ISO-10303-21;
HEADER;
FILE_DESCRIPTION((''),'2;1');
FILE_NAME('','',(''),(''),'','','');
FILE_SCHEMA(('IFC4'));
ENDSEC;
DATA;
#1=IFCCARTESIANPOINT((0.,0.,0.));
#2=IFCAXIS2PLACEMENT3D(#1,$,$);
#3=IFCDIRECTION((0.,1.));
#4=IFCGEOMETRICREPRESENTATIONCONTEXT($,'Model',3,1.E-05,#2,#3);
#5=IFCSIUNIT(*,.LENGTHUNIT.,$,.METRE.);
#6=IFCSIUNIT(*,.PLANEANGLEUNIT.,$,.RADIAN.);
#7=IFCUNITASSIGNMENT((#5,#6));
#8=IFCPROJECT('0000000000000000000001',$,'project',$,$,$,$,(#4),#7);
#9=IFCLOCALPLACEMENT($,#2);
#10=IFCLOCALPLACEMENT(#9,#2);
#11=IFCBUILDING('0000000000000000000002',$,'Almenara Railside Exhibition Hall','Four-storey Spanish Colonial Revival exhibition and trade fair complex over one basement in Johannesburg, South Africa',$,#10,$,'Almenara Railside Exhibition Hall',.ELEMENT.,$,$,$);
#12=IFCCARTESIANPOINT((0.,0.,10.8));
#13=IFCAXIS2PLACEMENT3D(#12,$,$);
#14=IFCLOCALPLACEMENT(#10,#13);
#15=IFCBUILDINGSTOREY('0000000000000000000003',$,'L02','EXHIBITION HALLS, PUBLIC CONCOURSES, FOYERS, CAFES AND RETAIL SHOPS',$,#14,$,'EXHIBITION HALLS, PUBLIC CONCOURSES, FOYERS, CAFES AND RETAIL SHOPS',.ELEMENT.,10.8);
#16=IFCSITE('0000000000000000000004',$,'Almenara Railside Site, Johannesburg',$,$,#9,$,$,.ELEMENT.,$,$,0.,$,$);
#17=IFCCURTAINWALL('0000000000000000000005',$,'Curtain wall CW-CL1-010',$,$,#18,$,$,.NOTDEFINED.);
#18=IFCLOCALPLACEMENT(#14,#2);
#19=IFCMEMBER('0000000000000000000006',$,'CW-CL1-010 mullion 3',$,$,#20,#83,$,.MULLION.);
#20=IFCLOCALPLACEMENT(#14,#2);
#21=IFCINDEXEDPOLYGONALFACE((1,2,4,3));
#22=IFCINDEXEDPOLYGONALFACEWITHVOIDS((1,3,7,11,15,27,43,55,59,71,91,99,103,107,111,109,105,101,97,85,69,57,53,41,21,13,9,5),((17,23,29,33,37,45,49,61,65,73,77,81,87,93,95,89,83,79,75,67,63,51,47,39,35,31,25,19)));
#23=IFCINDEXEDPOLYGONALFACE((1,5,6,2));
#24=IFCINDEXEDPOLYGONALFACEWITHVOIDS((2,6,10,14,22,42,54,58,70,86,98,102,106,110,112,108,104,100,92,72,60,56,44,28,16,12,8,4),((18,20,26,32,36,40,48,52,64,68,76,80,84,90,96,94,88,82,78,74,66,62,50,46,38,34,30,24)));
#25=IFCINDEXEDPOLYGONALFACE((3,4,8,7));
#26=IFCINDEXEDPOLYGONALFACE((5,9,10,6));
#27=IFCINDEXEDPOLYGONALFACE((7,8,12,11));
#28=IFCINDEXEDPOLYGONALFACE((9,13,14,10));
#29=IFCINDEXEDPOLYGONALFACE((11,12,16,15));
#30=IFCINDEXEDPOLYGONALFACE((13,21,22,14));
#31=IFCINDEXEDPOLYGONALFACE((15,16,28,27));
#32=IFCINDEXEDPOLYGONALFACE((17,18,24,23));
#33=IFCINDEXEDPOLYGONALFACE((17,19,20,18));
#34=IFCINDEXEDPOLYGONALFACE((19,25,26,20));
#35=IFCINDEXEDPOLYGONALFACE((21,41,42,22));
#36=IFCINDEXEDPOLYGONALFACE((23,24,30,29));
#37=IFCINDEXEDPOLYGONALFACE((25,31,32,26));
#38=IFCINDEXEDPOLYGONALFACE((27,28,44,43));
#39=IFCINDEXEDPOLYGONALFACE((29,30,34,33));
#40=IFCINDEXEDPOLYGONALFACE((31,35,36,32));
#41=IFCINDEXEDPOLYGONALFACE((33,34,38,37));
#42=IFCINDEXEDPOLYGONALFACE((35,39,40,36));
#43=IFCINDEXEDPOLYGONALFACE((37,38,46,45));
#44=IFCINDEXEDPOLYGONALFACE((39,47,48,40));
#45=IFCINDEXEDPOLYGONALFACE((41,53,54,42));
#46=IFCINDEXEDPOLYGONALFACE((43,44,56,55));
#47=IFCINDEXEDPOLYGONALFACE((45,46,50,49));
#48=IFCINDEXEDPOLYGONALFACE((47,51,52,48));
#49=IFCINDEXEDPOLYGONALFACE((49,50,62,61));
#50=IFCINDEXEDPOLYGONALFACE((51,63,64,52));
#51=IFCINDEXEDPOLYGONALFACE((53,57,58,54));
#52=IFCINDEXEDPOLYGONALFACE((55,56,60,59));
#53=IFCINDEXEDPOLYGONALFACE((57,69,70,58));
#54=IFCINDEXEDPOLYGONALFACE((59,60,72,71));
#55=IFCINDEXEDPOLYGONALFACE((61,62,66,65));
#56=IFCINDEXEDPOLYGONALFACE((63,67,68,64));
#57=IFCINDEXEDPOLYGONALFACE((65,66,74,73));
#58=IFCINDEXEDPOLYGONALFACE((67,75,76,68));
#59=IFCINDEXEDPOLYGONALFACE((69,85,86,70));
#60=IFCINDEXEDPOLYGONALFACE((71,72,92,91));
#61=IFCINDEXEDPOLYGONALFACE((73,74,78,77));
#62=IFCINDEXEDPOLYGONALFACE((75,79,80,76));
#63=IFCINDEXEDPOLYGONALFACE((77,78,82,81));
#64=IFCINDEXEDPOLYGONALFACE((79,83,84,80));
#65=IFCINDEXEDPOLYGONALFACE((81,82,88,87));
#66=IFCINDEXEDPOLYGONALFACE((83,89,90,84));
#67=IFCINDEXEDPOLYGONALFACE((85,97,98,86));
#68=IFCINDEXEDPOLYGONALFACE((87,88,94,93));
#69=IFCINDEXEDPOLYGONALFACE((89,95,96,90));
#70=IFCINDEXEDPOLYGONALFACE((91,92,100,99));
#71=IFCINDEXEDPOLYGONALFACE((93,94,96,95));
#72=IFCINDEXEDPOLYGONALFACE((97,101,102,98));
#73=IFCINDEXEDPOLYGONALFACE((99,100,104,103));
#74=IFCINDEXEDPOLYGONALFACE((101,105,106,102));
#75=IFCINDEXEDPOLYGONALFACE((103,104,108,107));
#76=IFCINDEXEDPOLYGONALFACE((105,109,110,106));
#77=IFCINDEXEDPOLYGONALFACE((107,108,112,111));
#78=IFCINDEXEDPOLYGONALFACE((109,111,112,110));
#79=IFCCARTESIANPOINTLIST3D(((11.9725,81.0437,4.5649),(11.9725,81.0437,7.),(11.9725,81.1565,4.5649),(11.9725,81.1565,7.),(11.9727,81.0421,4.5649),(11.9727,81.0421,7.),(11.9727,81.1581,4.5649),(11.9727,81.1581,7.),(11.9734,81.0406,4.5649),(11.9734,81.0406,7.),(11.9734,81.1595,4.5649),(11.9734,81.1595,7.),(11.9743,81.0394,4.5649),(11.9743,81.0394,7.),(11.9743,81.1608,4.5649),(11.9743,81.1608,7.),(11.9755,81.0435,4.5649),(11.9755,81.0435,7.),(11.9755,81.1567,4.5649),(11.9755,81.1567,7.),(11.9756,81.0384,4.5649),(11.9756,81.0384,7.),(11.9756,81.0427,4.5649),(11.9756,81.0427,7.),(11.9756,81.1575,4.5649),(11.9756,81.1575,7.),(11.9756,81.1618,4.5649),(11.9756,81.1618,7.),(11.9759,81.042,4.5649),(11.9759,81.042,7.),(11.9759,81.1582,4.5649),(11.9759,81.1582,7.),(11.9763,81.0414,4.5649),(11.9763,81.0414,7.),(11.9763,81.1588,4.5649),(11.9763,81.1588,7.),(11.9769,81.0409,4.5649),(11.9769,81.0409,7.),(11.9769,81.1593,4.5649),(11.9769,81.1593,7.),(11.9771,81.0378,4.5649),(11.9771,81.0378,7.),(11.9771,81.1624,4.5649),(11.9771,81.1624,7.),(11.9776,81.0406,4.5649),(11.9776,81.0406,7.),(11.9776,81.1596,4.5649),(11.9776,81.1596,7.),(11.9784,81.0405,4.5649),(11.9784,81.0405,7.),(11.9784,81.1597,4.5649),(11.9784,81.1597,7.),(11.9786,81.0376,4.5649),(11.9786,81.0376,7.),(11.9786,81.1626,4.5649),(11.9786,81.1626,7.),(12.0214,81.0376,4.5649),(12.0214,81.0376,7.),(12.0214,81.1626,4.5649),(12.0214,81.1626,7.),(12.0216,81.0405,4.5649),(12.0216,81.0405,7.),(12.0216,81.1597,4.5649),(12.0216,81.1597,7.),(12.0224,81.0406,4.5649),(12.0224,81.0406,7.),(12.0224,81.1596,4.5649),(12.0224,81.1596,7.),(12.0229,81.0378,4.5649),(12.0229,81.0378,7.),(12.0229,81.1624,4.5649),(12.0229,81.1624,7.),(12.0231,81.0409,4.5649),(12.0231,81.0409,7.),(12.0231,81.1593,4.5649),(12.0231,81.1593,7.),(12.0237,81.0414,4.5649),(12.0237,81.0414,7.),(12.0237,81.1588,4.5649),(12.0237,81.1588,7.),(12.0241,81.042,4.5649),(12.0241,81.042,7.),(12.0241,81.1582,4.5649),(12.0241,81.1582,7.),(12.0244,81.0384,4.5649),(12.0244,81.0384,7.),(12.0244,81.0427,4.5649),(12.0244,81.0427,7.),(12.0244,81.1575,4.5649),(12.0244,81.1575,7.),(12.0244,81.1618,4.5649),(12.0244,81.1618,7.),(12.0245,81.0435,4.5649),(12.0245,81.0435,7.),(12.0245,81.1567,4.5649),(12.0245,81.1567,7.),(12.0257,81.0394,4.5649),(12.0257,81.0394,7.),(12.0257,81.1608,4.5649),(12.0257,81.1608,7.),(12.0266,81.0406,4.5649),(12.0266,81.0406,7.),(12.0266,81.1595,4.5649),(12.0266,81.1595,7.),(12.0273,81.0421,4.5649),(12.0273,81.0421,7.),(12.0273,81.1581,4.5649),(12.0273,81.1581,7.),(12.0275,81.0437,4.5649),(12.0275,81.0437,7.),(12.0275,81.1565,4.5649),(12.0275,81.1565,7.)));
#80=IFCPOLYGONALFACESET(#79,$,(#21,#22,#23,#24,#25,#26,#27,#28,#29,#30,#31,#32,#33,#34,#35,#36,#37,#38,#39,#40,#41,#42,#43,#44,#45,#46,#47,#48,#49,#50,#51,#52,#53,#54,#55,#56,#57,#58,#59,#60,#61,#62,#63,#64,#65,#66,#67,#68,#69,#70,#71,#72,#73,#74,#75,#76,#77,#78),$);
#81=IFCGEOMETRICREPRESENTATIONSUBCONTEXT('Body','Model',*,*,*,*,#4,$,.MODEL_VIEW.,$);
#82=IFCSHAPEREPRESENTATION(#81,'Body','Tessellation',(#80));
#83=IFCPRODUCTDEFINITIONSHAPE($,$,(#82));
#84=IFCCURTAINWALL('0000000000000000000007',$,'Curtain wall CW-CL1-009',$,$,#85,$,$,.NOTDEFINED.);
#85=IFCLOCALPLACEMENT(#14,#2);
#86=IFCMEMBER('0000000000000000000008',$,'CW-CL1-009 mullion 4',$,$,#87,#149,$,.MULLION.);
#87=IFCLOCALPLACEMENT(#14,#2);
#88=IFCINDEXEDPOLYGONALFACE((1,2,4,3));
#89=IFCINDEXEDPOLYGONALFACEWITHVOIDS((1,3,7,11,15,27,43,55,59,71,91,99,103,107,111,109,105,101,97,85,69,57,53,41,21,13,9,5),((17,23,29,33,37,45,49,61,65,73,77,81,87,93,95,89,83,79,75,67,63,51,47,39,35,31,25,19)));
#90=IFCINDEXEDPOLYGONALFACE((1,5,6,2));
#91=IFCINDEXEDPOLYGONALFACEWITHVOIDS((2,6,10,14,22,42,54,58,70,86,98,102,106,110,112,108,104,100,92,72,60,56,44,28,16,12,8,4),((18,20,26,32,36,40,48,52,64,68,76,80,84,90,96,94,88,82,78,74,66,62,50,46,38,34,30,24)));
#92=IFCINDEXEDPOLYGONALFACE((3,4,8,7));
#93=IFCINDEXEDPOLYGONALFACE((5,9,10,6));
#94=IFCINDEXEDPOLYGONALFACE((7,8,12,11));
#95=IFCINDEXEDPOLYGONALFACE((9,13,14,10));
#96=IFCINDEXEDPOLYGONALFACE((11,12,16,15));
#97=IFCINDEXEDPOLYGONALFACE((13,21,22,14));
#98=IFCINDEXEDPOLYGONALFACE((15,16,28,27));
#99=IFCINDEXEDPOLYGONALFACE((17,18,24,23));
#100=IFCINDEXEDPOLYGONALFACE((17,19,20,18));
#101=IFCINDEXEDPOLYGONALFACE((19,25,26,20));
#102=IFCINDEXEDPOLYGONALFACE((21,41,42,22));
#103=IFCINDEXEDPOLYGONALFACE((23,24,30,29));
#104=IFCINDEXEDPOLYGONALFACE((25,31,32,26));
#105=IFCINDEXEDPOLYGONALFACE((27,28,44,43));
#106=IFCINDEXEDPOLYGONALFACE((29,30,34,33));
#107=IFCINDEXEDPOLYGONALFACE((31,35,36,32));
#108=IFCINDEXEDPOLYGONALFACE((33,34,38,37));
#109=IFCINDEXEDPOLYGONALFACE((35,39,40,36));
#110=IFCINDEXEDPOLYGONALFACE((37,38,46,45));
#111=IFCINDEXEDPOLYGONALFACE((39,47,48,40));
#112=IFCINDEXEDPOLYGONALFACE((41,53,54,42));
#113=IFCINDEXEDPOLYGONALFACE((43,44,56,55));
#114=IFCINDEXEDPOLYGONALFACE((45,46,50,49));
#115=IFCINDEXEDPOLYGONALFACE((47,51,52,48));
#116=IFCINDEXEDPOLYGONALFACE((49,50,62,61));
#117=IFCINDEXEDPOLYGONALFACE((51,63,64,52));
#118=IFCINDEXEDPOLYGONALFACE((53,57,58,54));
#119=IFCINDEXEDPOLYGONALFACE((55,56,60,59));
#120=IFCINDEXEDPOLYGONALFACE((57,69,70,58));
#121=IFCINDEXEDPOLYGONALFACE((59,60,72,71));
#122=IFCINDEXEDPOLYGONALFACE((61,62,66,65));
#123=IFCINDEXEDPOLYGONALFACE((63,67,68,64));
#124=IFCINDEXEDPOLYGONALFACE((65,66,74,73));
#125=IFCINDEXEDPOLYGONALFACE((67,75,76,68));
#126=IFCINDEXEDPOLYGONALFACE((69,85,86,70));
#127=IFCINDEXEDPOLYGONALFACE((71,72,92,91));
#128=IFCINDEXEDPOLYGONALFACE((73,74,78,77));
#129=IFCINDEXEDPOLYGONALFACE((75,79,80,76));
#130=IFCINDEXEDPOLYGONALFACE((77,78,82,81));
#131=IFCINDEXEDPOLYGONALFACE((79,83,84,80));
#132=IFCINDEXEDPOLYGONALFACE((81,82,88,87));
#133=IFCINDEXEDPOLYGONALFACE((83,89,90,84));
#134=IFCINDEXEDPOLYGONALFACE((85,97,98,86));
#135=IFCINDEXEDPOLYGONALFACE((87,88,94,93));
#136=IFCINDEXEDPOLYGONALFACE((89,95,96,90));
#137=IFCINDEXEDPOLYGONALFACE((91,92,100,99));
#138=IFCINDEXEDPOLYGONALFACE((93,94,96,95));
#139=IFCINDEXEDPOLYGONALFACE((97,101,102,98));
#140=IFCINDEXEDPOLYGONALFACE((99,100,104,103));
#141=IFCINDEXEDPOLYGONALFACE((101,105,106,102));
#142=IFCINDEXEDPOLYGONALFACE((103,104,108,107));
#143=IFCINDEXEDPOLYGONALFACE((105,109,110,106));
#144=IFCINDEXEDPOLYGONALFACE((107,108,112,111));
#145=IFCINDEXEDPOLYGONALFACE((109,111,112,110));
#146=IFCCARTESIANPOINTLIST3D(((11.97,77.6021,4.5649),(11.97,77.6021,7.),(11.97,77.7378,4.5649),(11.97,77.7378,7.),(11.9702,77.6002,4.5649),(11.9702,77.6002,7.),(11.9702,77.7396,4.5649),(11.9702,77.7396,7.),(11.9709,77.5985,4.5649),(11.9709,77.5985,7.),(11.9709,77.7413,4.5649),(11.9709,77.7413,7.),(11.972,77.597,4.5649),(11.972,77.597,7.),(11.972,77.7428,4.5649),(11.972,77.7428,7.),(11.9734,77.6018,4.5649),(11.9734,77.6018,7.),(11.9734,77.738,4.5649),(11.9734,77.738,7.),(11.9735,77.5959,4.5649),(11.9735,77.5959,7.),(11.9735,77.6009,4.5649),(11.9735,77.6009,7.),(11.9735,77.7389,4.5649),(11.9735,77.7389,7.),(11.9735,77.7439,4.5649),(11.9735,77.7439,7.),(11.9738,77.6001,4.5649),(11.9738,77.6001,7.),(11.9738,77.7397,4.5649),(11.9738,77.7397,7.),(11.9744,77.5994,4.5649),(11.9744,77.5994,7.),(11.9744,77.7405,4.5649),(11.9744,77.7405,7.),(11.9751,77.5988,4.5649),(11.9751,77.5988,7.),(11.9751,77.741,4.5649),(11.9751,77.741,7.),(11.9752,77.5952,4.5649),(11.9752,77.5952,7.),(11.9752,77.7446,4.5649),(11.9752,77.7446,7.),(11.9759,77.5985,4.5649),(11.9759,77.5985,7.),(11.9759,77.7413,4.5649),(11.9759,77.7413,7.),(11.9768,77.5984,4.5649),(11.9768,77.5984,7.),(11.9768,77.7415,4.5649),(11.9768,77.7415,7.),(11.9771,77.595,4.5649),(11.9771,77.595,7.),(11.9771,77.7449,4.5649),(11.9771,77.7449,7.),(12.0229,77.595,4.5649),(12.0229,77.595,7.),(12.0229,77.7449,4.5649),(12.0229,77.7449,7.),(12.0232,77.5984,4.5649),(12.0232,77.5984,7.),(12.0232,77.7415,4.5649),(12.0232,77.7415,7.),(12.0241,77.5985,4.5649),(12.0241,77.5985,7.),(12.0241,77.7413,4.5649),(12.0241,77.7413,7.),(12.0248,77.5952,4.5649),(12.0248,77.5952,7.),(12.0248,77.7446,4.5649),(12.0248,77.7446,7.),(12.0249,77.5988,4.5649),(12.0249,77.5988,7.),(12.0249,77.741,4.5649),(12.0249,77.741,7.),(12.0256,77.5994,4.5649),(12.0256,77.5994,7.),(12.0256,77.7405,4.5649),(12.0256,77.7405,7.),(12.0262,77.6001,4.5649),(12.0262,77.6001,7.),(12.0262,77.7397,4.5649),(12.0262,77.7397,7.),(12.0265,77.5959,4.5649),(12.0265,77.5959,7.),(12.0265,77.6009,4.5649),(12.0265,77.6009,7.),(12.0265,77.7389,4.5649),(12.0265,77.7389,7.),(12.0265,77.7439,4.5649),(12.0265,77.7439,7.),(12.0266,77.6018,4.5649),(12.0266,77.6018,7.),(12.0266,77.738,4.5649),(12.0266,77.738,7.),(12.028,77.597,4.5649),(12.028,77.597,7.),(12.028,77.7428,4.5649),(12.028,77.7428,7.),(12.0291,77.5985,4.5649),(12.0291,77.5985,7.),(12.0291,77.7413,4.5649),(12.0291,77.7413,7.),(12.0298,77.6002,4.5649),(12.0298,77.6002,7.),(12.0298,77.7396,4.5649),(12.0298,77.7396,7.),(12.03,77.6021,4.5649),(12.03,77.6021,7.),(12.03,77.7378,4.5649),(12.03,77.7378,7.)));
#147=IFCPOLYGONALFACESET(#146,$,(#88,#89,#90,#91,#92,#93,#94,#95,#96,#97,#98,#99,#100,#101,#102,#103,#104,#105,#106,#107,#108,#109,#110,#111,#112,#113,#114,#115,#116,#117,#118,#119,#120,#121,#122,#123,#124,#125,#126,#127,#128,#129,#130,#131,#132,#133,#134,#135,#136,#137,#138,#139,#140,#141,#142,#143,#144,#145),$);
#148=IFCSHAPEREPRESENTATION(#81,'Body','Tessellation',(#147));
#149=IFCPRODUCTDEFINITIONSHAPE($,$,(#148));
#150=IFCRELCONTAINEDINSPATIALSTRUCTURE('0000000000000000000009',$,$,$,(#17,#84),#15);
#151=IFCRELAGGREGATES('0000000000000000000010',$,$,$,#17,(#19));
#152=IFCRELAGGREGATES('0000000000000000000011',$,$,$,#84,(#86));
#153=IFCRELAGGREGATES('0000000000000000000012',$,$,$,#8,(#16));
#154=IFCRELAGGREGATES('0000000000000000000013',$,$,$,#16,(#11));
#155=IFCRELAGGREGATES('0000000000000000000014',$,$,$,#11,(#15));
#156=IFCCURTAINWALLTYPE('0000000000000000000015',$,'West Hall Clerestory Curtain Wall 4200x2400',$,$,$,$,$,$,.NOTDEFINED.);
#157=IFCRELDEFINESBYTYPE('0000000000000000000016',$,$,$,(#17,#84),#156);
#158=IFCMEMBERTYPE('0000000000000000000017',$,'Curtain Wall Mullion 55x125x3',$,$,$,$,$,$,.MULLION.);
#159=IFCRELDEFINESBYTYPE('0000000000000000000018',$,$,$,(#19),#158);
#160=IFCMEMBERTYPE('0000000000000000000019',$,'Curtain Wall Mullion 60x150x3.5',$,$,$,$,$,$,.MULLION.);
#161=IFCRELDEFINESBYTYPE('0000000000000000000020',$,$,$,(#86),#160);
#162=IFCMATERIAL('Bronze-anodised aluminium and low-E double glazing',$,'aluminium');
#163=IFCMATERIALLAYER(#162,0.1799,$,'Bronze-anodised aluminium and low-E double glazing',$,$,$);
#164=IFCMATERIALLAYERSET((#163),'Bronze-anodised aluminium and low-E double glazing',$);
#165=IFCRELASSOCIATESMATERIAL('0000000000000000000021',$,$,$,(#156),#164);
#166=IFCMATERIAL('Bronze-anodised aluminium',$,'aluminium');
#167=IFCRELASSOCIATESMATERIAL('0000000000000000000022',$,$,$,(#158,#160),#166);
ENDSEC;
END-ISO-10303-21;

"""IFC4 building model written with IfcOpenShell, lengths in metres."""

from ifc_helpers import new_model, si_unit, direction, frame, origin, origin_2d, place, context, subcontext, project, spatial, hollow_rectangle, extrude, material, layer, layer_set, material_profile, profile_set, type_object, element, aggregate, save


model = new_model("IFC4")

# Units and contexts
model_context = context("Model", 3, precision=1e-05, world=origin(), true_north=direction((0.0, 1.0)))
body_context = subcontext(model_context, "Body", "Model", "MODEL_VIEW")
ifc_project = project(units=[si_unit("LENGTHUNIT", "METRE"), si_unit("PLANEANGLEUNIT", "RADIAN")], contexts=[model_context])

# Site, building, storey
site_placement = place(None, origin())
site = spatial("IfcSite", under=ifc_project, at=site_placement, Name="Almenara Railside Site, Johannesburg", CompositionType="ELEMENT", RefElevation=0.0)
building_placement = place(site_placement, origin())
building = spatial("IfcBuilding", under=site, at=building_placement, Name="Almenara Railside Exhibition Hall", Description="Four-storey Spanish Colonial Revival exhibition and trade fair complex over one basement in Johannesburg, South Africa", LongName="Almenara Railside Exhibition Hall", CompositionType="ELEMENT")
storey_placement = place(building_placement, frame((0.0, 0.0, 10.8)))
storey = spatial("IfcBuildingStorey", under=building, at=storey_placement, Name="L02", Description="EXHIBITION HALLS, PUBLIC CONCOURSES, FOYERS, CAFES AND RETAIL SHOPS", LongName="EXHIBITION HALLS, PUBLIC CONCOURSES, FOYERS, CAFES AND RETAIL SHOPS", CompositionType="ELEMENT", Elevation=10.8)

# Curtain wall, member
ifc_material_1 = material(Name="Bronze-anodised aluminium and low-E double glazing", Category="aluminium")
ifc_layer_1 = layer(ifc_material_1, 0.1799, Name="Bronze-anodised aluminium and low-E double glazing")
ifc_layer_set_1 = layer_set([ifc_layer_1], Name="Bronze-anodised aluminium and low-E double glazing")
curtain_wall_type = type_object("IfcCurtainWallType", Name="West Hall Clerestory Curtain Wall 4200x2400", PredefinedType="NOTDEFINED", material=ifc_layer_set_1)
curtain_wall_1_placement = place(storey_placement, origin())
curtain_wall_1 = element("IfcCurtainWall", 1, at=curtain_wall_1_placement, inside=storey, type_object=curtain_wall_type, Name="Curtain wall CW-CL1-010", PredefinedType="NOTDEFINED")
ifc_material_2 = material(Name="Bronze-anodised aluminium", Category="aluminium")
ifc_material_profile_1 = material_profile(ifc_material_2, hollow_rectangle(XDim=0.0549, YDim=0.125, WallThickness=0.0029, InnerFilletRadius=0.0029, OuterFilletRadius=0.0061, at=origin_2d()), Name="ALU-MUL 55x125x3")
ifc_profile_set_1 = profile_set([ifc_material_profile_1], Name="Bronze-anodised aluminium")
member_type_1 = type_object("IfcMemberType", Name="Curtain Wall Mullion 55x125x3", PredefinedType="MULLION", material=ifc_profile_set_1)
member_1_placement = place(storey_placement, frame((12.0, 81.1001, 4.5649), z_axis=(0.0, 0.0, 1.0), x_axis=(-1.0, 0.0, 0.0)))
member_1 = element("IfcMember", 2, at=member_1_placement, type_object=member_type_1, Name="CW-CL1-010 mullion 3", PredefinedType="MULLION", context=body_context, shape_type="SweptSolid", body=[
    extrude(hollow_rectangle(XDim=0.0549, YDim=0.125, WallThickness=0.0029, InnerFilletRadius=0.0029, OuterFilletRadius=0.0061, at=origin_2d()), origin(), (0.0, 0.0, 1.0), 2.4351),
])

# Curtain wall, member
curtain_wall_2_placement = place(storey_placement, origin())
curtain_wall_2 = element("IfcCurtainWall", 3, at=curtain_wall_2_placement, inside=storey, type_object=curtain_wall_type, Name="Curtain wall CW-CL1-009", PredefinedType="NOTDEFINED")
ifc_material_profile_2 = material_profile(ifc_material_2, hollow_rectangle(XDim=0.0601, YDim=0.1499, WallThickness=0.0034, InnerFilletRadius=0.0034, OuterFilletRadius=0.0071, at=origin_2d()), Name="ALU-MUL 60x150x3.5")
ifc_profile_set_2 = profile_set([ifc_material_profile_2], Name="Bronze-anodised aluminium")
member_type_2 = type_object("IfcMemberType", Name="Curtain Wall Mullion 60x150x3.5", PredefinedType="MULLION", material=ifc_profile_set_2)
member_2_placement = place(storey_placement, frame((12.0, 77.6699, 4.5649), z_axis=(0.0, 0.0, 1.0), x_axis=(-1.0, 0.0, 0.0)))
member_2 = element("IfcMember", 4, at=member_2_placement, type_object=member_type_2, Name="CW-CL1-009 mullion 4", PredefinedType="MULLION", context=body_context, shape_type="SweptSolid", body=[
    extrude(hollow_rectangle(XDim=0.0601, YDim=0.1499, WallThickness=0.0034, InnerFilletRadius=0.0034, OuterFilletRadius=0.0071, at=origin_2d()), origin(), (0.0, 0.0, 1.0), 2.4351),
])

aggregate(curtain_wall_1, [member_1])
aggregate(curtain_wall_2, [member_2])

save(model, "model.ifc")
